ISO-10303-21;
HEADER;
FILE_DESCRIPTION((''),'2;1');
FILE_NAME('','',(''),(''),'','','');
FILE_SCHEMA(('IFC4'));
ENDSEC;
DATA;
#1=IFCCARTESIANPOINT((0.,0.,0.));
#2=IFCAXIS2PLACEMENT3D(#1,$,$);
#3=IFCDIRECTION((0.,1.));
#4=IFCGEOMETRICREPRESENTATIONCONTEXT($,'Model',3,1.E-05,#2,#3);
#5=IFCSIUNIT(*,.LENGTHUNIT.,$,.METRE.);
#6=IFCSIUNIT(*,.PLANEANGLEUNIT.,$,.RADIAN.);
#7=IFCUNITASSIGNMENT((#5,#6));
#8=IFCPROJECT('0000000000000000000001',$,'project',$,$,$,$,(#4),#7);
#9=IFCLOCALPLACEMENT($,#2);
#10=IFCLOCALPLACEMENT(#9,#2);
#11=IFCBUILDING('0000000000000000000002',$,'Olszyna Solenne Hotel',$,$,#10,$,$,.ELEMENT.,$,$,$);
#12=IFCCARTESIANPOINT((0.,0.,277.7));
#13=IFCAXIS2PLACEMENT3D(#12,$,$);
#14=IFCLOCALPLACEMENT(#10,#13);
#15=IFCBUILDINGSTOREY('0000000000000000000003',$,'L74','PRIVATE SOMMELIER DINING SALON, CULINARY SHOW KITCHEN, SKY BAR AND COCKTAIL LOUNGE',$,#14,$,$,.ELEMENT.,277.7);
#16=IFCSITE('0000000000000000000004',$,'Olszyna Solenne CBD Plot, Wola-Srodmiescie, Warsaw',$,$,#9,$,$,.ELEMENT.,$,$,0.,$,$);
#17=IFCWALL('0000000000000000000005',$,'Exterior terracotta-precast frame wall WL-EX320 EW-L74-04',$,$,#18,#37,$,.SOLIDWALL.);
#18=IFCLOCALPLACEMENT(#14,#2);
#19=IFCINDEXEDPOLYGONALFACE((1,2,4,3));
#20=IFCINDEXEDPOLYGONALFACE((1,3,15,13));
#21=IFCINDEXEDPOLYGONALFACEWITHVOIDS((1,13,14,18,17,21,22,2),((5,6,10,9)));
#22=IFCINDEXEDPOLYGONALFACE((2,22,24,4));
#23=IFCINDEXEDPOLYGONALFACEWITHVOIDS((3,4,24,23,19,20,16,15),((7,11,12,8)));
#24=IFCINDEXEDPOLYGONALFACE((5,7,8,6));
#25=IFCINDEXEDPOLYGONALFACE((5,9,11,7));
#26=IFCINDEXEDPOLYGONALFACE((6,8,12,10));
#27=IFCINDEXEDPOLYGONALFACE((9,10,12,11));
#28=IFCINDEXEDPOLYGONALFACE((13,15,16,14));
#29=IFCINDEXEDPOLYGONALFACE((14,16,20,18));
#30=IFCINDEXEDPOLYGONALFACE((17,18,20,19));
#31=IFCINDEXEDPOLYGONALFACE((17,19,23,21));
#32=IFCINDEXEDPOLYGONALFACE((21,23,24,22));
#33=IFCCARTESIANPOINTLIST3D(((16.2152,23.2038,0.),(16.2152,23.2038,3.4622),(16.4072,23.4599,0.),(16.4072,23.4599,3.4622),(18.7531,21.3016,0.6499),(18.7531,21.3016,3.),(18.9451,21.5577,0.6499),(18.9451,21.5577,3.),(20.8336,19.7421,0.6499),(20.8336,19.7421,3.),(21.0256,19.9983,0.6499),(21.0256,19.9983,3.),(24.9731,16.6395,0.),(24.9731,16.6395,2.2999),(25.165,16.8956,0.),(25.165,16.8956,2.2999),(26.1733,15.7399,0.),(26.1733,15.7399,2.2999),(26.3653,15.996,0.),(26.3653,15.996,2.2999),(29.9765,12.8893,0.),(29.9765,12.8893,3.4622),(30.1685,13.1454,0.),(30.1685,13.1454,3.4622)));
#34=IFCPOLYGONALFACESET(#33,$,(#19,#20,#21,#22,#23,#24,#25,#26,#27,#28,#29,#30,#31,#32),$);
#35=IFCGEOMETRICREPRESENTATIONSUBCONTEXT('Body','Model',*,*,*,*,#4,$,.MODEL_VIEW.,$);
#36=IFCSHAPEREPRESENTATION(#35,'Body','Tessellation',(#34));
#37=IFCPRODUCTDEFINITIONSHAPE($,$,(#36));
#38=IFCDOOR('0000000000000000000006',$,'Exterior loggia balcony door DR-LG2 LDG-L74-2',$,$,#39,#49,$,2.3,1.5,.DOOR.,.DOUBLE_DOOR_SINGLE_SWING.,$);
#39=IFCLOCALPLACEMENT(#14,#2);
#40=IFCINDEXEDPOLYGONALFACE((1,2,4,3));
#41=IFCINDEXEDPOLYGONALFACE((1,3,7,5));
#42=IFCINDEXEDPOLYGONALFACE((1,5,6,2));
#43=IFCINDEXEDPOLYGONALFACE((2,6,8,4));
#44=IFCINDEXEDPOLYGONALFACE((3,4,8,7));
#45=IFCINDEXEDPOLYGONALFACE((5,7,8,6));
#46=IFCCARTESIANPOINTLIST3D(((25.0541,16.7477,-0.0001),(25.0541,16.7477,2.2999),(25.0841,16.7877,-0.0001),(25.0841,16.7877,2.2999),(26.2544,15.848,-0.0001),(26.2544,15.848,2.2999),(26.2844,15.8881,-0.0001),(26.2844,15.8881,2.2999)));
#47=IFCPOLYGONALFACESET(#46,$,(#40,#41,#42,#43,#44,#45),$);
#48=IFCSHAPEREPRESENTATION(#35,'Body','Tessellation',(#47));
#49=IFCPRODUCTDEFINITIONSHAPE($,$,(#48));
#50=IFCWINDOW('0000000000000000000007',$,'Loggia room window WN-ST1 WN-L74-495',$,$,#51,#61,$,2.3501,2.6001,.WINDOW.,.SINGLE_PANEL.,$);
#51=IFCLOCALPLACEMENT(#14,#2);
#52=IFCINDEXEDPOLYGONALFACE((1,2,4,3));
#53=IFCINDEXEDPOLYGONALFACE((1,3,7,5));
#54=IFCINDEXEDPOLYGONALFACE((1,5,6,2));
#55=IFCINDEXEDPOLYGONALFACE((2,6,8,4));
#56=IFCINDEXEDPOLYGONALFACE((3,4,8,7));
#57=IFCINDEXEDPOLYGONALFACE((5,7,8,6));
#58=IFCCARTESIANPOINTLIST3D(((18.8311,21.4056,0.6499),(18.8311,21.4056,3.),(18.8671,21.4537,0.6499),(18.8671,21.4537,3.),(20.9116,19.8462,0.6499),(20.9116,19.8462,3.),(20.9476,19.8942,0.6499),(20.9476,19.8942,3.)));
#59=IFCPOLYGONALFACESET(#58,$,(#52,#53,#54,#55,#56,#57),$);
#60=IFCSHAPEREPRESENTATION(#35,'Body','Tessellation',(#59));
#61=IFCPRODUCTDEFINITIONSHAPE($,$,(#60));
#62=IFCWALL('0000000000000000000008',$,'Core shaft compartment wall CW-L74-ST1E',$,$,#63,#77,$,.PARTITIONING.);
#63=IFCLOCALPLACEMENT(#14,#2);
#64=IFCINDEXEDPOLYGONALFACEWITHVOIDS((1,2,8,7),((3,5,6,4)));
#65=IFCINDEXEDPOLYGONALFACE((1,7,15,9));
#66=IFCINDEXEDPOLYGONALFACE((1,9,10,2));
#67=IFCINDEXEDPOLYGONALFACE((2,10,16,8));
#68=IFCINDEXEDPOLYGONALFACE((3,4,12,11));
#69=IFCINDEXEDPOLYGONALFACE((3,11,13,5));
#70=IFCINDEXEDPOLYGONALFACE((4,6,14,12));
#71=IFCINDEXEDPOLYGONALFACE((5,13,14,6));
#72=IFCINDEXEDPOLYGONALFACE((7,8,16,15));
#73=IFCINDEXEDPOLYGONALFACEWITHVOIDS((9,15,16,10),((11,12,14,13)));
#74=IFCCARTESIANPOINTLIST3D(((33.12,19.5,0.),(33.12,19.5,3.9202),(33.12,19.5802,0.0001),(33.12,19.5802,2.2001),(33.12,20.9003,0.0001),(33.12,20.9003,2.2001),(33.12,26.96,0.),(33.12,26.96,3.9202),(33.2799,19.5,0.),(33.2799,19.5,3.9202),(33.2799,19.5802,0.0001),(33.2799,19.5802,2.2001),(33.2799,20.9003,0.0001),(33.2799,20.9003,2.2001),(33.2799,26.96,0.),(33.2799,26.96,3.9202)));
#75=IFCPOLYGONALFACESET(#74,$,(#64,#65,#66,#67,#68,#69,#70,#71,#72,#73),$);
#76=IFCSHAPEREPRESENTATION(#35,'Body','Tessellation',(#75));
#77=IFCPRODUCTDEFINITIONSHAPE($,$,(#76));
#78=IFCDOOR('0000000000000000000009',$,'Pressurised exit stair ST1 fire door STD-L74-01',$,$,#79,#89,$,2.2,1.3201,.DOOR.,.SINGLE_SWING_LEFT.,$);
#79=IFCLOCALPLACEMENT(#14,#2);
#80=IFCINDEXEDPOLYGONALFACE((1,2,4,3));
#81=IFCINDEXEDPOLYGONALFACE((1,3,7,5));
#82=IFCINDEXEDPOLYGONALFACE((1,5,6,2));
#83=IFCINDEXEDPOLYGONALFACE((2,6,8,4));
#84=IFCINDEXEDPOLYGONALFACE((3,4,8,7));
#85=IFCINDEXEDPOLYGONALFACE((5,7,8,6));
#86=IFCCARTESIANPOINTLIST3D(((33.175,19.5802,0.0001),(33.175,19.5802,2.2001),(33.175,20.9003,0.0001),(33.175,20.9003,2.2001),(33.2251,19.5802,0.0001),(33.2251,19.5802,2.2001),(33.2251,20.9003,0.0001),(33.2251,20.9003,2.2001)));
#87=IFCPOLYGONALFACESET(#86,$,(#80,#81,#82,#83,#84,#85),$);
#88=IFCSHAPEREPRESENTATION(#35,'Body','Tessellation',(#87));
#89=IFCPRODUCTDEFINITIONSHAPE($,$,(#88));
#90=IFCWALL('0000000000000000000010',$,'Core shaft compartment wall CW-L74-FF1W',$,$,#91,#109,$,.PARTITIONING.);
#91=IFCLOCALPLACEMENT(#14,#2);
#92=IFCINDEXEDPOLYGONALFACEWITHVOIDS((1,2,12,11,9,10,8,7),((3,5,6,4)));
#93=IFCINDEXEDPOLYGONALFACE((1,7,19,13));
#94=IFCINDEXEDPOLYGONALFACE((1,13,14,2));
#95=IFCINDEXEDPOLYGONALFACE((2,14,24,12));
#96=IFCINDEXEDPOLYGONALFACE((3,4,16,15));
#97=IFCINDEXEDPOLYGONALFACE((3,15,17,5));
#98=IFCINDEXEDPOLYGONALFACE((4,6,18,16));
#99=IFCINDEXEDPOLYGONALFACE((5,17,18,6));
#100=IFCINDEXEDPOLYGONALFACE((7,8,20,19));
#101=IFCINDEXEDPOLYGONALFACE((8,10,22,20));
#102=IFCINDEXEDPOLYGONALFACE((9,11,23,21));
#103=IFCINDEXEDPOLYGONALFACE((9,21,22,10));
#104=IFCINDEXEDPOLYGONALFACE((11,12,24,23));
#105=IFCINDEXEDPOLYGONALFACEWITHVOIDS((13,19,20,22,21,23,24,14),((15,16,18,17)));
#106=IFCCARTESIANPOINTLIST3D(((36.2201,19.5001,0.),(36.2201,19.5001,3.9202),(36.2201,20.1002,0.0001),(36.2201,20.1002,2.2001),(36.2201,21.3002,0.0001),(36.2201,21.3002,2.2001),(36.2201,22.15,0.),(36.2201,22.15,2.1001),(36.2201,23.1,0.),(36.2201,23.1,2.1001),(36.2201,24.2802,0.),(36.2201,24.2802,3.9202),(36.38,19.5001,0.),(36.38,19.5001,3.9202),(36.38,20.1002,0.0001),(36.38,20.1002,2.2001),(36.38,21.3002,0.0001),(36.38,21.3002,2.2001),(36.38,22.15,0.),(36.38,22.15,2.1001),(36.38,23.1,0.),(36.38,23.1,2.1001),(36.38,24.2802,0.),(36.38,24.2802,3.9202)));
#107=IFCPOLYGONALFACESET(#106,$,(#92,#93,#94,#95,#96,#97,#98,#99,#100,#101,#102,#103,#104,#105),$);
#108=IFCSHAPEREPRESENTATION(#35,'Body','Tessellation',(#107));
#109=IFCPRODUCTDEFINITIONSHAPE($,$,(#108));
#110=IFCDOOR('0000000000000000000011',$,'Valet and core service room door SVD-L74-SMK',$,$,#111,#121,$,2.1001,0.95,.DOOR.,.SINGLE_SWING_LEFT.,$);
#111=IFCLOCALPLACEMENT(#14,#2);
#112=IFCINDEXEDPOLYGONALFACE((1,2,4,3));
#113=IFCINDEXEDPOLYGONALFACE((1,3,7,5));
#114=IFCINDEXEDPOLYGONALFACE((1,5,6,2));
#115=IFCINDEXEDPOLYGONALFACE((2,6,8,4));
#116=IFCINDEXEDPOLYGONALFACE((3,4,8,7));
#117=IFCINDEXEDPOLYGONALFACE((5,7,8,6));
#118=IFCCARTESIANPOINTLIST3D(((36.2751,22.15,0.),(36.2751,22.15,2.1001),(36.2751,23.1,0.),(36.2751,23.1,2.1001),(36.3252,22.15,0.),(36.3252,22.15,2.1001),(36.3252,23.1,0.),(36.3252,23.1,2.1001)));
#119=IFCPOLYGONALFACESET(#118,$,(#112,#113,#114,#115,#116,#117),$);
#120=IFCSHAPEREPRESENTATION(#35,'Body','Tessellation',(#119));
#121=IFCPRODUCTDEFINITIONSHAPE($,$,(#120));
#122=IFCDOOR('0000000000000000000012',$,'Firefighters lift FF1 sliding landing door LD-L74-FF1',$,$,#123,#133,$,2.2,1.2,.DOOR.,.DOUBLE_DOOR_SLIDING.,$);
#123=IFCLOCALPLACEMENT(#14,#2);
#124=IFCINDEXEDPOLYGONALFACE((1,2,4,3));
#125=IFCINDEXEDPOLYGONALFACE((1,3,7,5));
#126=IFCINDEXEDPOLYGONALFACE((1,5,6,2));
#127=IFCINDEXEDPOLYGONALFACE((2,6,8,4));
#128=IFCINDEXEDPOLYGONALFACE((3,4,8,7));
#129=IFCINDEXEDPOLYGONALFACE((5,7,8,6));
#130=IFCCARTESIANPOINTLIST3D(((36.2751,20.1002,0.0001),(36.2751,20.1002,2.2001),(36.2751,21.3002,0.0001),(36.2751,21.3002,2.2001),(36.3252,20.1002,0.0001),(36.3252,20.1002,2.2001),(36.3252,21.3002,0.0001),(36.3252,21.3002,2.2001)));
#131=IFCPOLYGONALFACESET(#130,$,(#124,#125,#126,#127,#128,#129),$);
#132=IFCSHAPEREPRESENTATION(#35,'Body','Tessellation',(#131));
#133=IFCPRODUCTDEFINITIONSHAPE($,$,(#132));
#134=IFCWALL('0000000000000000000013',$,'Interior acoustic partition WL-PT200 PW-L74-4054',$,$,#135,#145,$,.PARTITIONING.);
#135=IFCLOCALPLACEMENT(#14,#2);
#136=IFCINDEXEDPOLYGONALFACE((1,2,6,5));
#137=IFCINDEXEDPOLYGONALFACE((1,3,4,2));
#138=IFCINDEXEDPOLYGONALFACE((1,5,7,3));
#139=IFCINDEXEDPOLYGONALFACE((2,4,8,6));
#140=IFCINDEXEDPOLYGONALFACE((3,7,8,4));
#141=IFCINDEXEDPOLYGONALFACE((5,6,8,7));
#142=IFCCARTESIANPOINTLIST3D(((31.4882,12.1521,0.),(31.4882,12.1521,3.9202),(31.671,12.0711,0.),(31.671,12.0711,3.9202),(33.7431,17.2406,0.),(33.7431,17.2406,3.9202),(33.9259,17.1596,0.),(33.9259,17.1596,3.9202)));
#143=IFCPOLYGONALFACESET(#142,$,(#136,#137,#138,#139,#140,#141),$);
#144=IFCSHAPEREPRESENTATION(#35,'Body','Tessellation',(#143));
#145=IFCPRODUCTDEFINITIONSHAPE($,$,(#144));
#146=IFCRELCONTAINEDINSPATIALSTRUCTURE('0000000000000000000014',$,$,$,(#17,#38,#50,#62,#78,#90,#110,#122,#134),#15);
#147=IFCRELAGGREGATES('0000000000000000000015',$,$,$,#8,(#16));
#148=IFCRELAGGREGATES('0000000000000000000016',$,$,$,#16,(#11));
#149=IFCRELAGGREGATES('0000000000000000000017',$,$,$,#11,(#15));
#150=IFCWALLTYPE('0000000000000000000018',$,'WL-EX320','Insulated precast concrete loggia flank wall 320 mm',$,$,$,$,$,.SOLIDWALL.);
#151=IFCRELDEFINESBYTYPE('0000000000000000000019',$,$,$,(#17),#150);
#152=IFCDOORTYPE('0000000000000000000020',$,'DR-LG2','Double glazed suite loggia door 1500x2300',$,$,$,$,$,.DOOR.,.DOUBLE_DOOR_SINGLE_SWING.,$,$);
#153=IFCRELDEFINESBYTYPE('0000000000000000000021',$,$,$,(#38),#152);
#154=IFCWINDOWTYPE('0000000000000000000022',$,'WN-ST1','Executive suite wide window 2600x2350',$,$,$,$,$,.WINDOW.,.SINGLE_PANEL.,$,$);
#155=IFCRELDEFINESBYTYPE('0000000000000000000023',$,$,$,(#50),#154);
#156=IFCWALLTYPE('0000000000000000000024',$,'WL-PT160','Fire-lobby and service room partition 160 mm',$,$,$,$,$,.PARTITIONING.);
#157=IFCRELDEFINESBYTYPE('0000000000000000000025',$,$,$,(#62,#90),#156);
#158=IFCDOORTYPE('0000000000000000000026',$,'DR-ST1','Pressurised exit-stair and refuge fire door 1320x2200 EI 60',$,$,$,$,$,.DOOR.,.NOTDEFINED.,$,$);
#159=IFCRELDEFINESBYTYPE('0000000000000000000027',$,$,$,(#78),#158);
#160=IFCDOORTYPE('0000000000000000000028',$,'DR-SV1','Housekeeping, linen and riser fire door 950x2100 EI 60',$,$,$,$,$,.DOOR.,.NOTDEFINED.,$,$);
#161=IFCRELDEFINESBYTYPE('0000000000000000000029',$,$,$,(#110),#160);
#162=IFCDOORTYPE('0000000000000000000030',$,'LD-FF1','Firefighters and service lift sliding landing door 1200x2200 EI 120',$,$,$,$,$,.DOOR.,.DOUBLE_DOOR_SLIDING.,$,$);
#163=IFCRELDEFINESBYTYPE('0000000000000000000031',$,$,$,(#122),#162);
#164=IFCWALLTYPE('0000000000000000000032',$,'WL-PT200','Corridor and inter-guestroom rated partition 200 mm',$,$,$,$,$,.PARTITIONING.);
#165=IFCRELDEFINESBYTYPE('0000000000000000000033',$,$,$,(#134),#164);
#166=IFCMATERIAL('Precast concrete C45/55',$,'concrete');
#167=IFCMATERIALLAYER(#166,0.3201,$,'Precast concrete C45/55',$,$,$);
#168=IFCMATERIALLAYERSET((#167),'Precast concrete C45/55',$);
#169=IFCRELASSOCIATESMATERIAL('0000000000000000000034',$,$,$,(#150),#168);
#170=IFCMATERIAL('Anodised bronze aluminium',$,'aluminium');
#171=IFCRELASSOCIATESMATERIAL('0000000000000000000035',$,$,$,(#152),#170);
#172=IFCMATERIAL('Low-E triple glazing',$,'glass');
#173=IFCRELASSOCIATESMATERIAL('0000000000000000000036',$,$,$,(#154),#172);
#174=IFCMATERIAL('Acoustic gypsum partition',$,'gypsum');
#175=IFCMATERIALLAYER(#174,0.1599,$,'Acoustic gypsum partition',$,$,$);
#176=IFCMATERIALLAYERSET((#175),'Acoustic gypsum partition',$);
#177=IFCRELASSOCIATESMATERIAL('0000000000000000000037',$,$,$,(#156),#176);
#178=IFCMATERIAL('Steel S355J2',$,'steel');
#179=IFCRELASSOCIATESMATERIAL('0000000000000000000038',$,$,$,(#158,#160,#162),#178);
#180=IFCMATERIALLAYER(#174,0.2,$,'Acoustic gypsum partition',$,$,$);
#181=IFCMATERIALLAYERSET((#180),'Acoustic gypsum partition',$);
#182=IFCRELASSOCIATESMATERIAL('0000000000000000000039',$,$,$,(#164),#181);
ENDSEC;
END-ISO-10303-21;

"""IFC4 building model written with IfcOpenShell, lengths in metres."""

from ifc_helpers import new_model, si_unit, direction, frame, frame_2d, origin, place, context, subcontext, project, spatial, rectangle, extrude, source, transform, mapped, material, layer, layer_set, type_object, type_shapes, element, fill, save


model = new_model("IFC4")

# Units and contexts
model_context = context("Model", 3, precision=1e-05, world=origin(), true_north=direction((0.0, 1.0)))
body_context = subcontext(model_context, "Body", "Model", "MODEL_VIEW")
ifc_project = project(units=[si_unit("LENGTHUNIT", "METRE"), si_unit("PLANEANGLEUNIT", "RADIAN")], contexts=[model_context])

# Site, building, storey
site_placement = place(None, origin())
site = spatial("IfcSite", under=ifc_project, at=site_placement, Name="Olszyna Solenne CBD Plot, Wola-Srodmiescie, Warsaw", CompositionType="ELEMENT", RefElevation=0.0)
building_placement = place(site_placement, origin())
building = spatial("IfcBuilding", under=site, at=building_placement, Name="Olszyna Solenne Hotel", CompositionType="ELEMENT")
storey_placement = place(building_placement, frame((0.0, 0.0, 277.7)))
storey = spatial("IfcBuildingStorey", under=building, at=storey_placement, Name="L74", Description="PRIVATE SOMMELIER DINING SALON, CULINARY SHOW KITCHEN, SKY BAR AND COCKTAIL LOUNGE", CompositionType="ELEMENT", Elevation=277.7)

# Shared definitions
ifc_material_1 = material(Name="Steel S355J2", Category="steel")

# Shared definitions
ifc_material_2 = material(Name="Anodised bronze aluminium", Category="aluminium")
ifc_material_3 = material(Name="Low-E triple glazing", Category="glass")

# Wall, openings, door, window
ifc_material_4 = material(Name="Precast concrete C45/55", Category="concrete")
ifc_layer_1 = layer(ifc_material_4, 0.3201, Name="Precast concrete C45/55")
ifc_layer_set_1 = layer_set([ifc_layer_1], Name="Precast concrete C45/55")
wall_type_1 = type_object("IfcWallType", Name="WL-EX320", Description="Insulated precast concrete loggia flank wall 320 mm", PredefinedType="SOLIDWALL", material=ifc_layer_set_1)
wall_1_placement = place(storey_placement, frame((30.0725, 13.0173, 0.0), z_axis=(0.0, 0.0, 1.0), x_axis=(-0.800181, 0.599759, 0.0)))
wall_1 = element("IfcWall", 1, at=wall_1_placement, inside=storey, type_object=wall_type_1, Name="Exterior terracotta-precast frame wall WL-EX320 EW-L74-04", PredefinedType="SOLIDWALL", context=body_context, shape_type="SweptSolid", body=[
    extrude(rectangle(XDim=17.1978, YDim=0.3201, at=frame_2d((8.5989, 0.0))), origin(), (0.0, 0.0, 1.0), 3.4622),
])
opening_1_placement = place(wall_1_placement, frame((4.7529, 0.0, 0.0)))
opening_1 = element("IfcOpeningElement", 2, at=opening_1_placement, cuts=wall_1, PredefinedType="OPENING", context=body_context, shape_type="SweptSolid", body=[
    extrude(rectangle(XDim=1.5, YDim=2.3, at=frame_2d((0.75, 1.1499))), frame((0.0, 0.1699, 0.0), z_axis=(0.0, -1.0, 0.0), x_axis=(1.0, 0.0, 0.0)), (0.0, 0.0, 1.0), 0.3401),
])
opening_2_placement = place(wall_1_placement, frame((11.426, 0.0, 0.6499)))
opening_2 = element("IfcOpeningElement", 3, at=opening_2_placement, cuts=wall_1, PredefinedType="OPENING", context=body_context, shape_type="SweptSolid", body=[
    extrude(rectangle(XDim=2.6001, YDim=2.3501, at=frame_2d((1.3, 1.175))), frame((0.0, 0.1699, 0.0), z_axis=(0.0, -1.0, 0.0), x_axis=(1.0, 0.0, 0.0)), (0.0, 0.0, 1.0), 0.3401),
])
door_type_1 = type_object("IfcDoorType", Name="DR-LG2", Description="Double glazed suite loggia door 1500x2300", OperationType="DOUBLE_DOOR_SINGLE_SWING", PredefinedType="DOOR", material=ifc_material_2)
shared_shape_1 = source(origin(), body_context, "Body", "SweptSolid", [
    extrude(rectangle(XDim=1.5, YDim=2.3, at=frame_2d((0.75, 1.1499))), frame((0.0, 0.0249, 0.0), z_axis=(0.0, -1.0, 0.0), x_axis=(1.0, 0.0, 0.0)), (0.0, 0.0, 1.0), 0.05),
])
type_shapes(door_type_1, [shared_shape_1])
door_1_placement = place(opening_1_placement, origin())
door_1 = element("IfcDoor", 4, at=door_1_placement, inside=storey, type_object=door_type_1, Name="Exterior loggia balcony door DR-LG2 LDG-L74-2", OperationType="DOUBLE_DOOR_SINGLE_SWING", OverallHeight=2.3, OverallWidth=1.5, PredefinedType="DOOR", context=body_context, shape_type="MappedRepresentation", body=[
    mapped(shared_shape_1, transform((0.0, 0.0, 0.0), x_axis=(1.0, 0.0, 0.0), y_axis=(0.0, 1.0, 0.0), z_axis=(0.0, 0.0, 1.0), scale=1.0)),
])
fill(opening_1, door_1)
window_type = type_object("IfcWindowType", Name="WN-ST1", Description="Executive suite wide window 2600x2350", PartitioningType="SINGLE_PANEL", PredefinedType="WINDOW", material=ifc_material_3)
shared_shape_2 = source(origin(), body_context, "Body", "SweptSolid", [
    extrude(rectangle(XDim=2.6001, YDim=2.3501, at=frame_2d((1.3, 1.175))), frame((0.0, 0.03, 0.0), z_axis=(0.0, -1.0, 0.0), x_axis=(1.0, 0.0, 0.0)), (0.0, 0.0, 1.0), 0.0601),
])
type_shapes(window_type, [shared_shape_2])
window_placement = place(opening_2_placement, origin())
window = element("IfcWindow", 5, at=window_placement, inside=storey, type_object=window_type, Name="Loggia room window WN-ST1 WN-L74-495", OverallHeight=2.3501, OverallWidth=2.6001, PartitioningType="SINGLE_PANEL", PredefinedType="WINDOW", context=body_context, shape_type="MappedRepresentation", body=[
    mapped(shared_shape_2, transform((0.0, 0.0, 0.0), x_axis=(1.0, 0.0, 0.0), y_axis=(0.0, 1.0, 0.0), z_axis=(0.0, 0.0, 1.0), scale=1.0)),
])
fill(opening_2, window)

# Wall, opening, door
ifc_material_5 = material(Name="Acoustic gypsum partition", Category="gypsum")
ifc_layer_2 = layer(ifc_material_5, 0.1599, Name="Acoustic gypsum partition")
ifc_layer_set_2 = layer_set([ifc_layer_2], Name="Acoustic gypsum partition")
wall_type_2 = type_object("IfcWallType", Name="WL-PT160", Description="Fire-lobby and service room partition 160 mm", PredefinedType="PARTITIONING", material=ifc_layer_set_2)
wall_2_placement = place(storey_placement, frame((33.2, 19.5, 0.0), z_axis=(0.0, 0.0, 1.0), x_axis=(0.0, 1.0, 0.0)))
wall_2 = element("IfcWall", 6, at=wall_2_placement, inside=storey, type_object=wall_type_2, Name="Core shaft compartment wall CW-L74-ST1E", PredefinedType="PARTITIONING", context=body_context, shape_type="SweptSolid", body=[
    extrude(rectangle(XDim=7.46, YDim=0.1599, at=frame_2d((3.73, 0.0))), origin(), (0.0, 0.0, 1.0), 3.9202),
])
opening_3_placement = place(wall_2_placement, frame((0.0801, 0.0, 0.0)))
opening_3 = element("IfcOpeningElement", 7, at=opening_3_placement, cuts=wall_2, PredefinedType="OPENING", context=body_context, shape_type="SweptSolid", body=[
    extrude(rectangle(XDim=1.3201, YDim=2.2, at=frame_2d((0.6602, 1.1001))), frame((0.0, 0.0898, 0.0), z_axis=(0.0, -1.0, 0.0), x_axis=(1.0, 0.0, 0.0)), (0.0, 0.0, 1.0), 0.1799),
])
door_type_2 = type_object("IfcDoorType", Name="DR-ST1", Description="Pressurised exit-stair and refuge fire door 1320x2200 EI 60", OperationType="NOTDEFINED", PredefinedType="DOOR", material=ifc_material_1)
shared_shape_3 = source(origin(), body_context, "Body", "SweptSolid", [
    extrude(rectangle(XDim=1.3201, YDim=2.2, at=frame_2d((0.6602, 1.1001))), frame((0.0, 0.0249, 0.0), z_axis=(0.0, -1.0, 0.0), x_axis=(1.0, 0.0, 0.0)), (0.0, 0.0, 1.0), 0.05),
])
type_shapes(door_type_2, [shared_shape_3])
door_2_placement = place(opening_3_placement, origin())
door_2 = element("IfcDoor", 8, at=door_2_placement, inside=storey, type_object=door_type_2, Name="Pressurised exit stair ST1 fire door STD-L74-01", OperationType="SINGLE_SWING_LEFT", OverallHeight=2.2, OverallWidth=1.3201, PredefinedType="DOOR", context=body_context, shape_type="MappedRepresentation", body=[
    mapped(shared_shape_3, transform((0.0, 0.0, 0.0), x_axis=(1.0, 0.0, 0.0), y_axis=(0.0, 1.0, 0.0), z_axis=(0.0, 0.0, 1.0), scale=1.0)),
])
fill(opening_3, door_2)

# Wall, openings, doors
wall_3_placement = place(storey_placement, frame((36.3, 19.5, 0.0), z_axis=(0.0, 0.0, 1.0), x_axis=(0.0, 1.0, 0.0)))
wall_3 = element("IfcWall", 9, at=wall_3_placement, inside=storey, type_object=wall_type_2, Name="Core shaft compartment wall CW-L74-FF1W", PredefinedType="PARTITIONING", context=body_context, shape_type="SweptSolid", body=[
    extrude(rectangle(XDim=4.78, YDim=0.1599, at=frame_2d((2.3901, 0.0))), origin(), (0.0, 0.0, 1.0), 3.9202),
])
opening_4_placement = place(wall_3_placement, frame((0.6001, 0.0, 0.0)))
opening_4 = element("IfcOpeningElement", 10, at=opening_4_placement, cuts=wall_3, PredefinedType="OPENING", context=body_context, shape_type="SweptSolid", body=[
    extrude(rectangle(XDim=1.2, YDim=2.2, at=frame_2d((0.6001, 1.1001))), frame((0.0, 0.0898, 0.0), z_axis=(0.0, -1.0, 0.0), x_axis=(1.0, 0.0, 0.0)), (0.0, 0.0, 1.0), 0.1799),
])
opening_5_placement = place(wall_3_placement, frame((2.6499, 0.0, 0.0)))
opening_5 = element("IfcOpeningElement", 11, at=opening_5_placement, cuts=wall_3, PredefinedType="OPENING", context=body_context, shape_type="SweptSolid", body=[
    extrude(rectangle(XDim=0.95, YDim=2.1001, at=frame_2d((0.4751, 1.05))), frame((0.0, 0.0898, 0.0), z_axis=(0.0, -1.0, 0.0), x_axis=(1.0, 0.0, 0.0)), (0.0, 0.0, 1.0), 0.1799),
])
door_type_3 = type_object("IfcDoorType", Name="DR-SV1", Description="Housekeeping, linen and riser fire door 950x2100 EI 60", OperationType="NOTDEFINED", PredefinedType="DOOR", material=ifc_material_1)
shared_shape_4 = source(origin(), body_context, "Body", "SweptSolid", [
    extrude(rectangle(XDim=0.95, YDim=2.1001, at=frame_2d((0.4751, 1.05))), frame((0.0, 0.0249, 0.0), z_axis=(0.0, -1.0, 0.0), x_axis=(1.0, 0.0, 0.0)), (0.0, 0.0, 1.0), 0.05),
])
type_shapes(door_type_3, [shared_shape_4])
door_3_placement = place(opening_5_placement, origin())
door_3 = element("IfcDoor", 12, at=door_3_placement, inside=storey, type_object=door_type_3, Name="Valet and core service room door SVD-L74-SMK", OperationType="SINGLE_SWING_LEFT", OverallHeight=2.1001, OverallWidth=0.95, PredefinedType="DOOR", context=body_context, shape_type="MappedRepresentation", body=[
    mapped(shared_shape_4, transform((0.0, 0.0, 0.0), x_axis=(1.0, 0.0, 0.0), y_axis=(0.0, 1.0, 0.0), z_axis=(0.0, 0.0, 1.0), scale=1.0)),
])
fill(opening_5, door_3)
door_type_4 = type_object("IfcDoorType", Name="LD-FF1", Description="Firefighters and service lift sliding landing door 1200x2200 EI 120", OperationType="DOUBLE_DOOR_SLIDING", PredefinedType="DOOR", material=ifc_material_1)
shared_shape_5 = source(origin(), body_context, "Body", "SweptSolid", [
    extrude(rectangle(XDim=1.2, YDim=2.2, at=frame_2d((0.6001, 1.1001))), frame((0.0, 0.0249, 0.0), z_axis=(0.0, -1.0, 0.0), x_axis=(1.0, 0.0, 0.0)), (0.0, 0.0, 1.0), 0.05),
])
type_shapes(door_type_4, [shared_shape_5])
door_4_placement = place(opening_4_placement, origin())
door_4 = element("IfcDoor", 13, at=door_4_placement, inside=storey, type_object=door_type_4, Name="Firefighters lift FF1 sliding landing door LD-L74-FF1", OperationType="DOUBLE_DOOR_SLIDING", OverallHeight=2.2, OverallWidth=1.2, PredefinedType="DOOR", context=body_context, shape_type="MappedRepresentation", body=[
    mapped(shared_shape_5, transform((0.0, 0.0, 0.0), x_axis=(1.0, 0.0, 0.0), y_axis=(0.0, 1.0, 0.0), z_axis=(0.0, 0.0, 1.0), scale=1.0)),
])
fill(opening_4, door_4)

# Wall
ifc_layer_3 = layer(ifc_material_5, 0.2, Name="Acoustic gypsum partition")
ifc_layer_set_3 = layer_set([ifc_layer_3], Name="Acoustic gypsum partition")
wall_type_3 = type_object("IfcWallType", Name="WL-PT200", Description="Corridor and inter-guestroom rated partition 200 mm", PredefinedType="PARTITIONING", material=ifc_layer_set_3)
wall_4_placement = place(storey_placement, frame((33.8345, 17.2, 0.0), z_axis=(0.0, 0.0, 1.0), x_axis=(-0.405145, -0.914252, 0.0)))
element("IfcWall", 14, at=wall_4_placement, inside=storey, type_object=wall_type_3, Name="Interior acoustic partition WL-PT200 PW-L74-4054", PredefinedType="PARTITIONING", context=body_context, shape_type="SweptSolid", body=[
    extrude(rectangle(XDim=5.5657, YDim=0.2, at=frame_2d((2.7827, 0.0))), origin(), (0.0, 0.0, 1.0), 3.9202),
])

save(model, "model.ifc")
